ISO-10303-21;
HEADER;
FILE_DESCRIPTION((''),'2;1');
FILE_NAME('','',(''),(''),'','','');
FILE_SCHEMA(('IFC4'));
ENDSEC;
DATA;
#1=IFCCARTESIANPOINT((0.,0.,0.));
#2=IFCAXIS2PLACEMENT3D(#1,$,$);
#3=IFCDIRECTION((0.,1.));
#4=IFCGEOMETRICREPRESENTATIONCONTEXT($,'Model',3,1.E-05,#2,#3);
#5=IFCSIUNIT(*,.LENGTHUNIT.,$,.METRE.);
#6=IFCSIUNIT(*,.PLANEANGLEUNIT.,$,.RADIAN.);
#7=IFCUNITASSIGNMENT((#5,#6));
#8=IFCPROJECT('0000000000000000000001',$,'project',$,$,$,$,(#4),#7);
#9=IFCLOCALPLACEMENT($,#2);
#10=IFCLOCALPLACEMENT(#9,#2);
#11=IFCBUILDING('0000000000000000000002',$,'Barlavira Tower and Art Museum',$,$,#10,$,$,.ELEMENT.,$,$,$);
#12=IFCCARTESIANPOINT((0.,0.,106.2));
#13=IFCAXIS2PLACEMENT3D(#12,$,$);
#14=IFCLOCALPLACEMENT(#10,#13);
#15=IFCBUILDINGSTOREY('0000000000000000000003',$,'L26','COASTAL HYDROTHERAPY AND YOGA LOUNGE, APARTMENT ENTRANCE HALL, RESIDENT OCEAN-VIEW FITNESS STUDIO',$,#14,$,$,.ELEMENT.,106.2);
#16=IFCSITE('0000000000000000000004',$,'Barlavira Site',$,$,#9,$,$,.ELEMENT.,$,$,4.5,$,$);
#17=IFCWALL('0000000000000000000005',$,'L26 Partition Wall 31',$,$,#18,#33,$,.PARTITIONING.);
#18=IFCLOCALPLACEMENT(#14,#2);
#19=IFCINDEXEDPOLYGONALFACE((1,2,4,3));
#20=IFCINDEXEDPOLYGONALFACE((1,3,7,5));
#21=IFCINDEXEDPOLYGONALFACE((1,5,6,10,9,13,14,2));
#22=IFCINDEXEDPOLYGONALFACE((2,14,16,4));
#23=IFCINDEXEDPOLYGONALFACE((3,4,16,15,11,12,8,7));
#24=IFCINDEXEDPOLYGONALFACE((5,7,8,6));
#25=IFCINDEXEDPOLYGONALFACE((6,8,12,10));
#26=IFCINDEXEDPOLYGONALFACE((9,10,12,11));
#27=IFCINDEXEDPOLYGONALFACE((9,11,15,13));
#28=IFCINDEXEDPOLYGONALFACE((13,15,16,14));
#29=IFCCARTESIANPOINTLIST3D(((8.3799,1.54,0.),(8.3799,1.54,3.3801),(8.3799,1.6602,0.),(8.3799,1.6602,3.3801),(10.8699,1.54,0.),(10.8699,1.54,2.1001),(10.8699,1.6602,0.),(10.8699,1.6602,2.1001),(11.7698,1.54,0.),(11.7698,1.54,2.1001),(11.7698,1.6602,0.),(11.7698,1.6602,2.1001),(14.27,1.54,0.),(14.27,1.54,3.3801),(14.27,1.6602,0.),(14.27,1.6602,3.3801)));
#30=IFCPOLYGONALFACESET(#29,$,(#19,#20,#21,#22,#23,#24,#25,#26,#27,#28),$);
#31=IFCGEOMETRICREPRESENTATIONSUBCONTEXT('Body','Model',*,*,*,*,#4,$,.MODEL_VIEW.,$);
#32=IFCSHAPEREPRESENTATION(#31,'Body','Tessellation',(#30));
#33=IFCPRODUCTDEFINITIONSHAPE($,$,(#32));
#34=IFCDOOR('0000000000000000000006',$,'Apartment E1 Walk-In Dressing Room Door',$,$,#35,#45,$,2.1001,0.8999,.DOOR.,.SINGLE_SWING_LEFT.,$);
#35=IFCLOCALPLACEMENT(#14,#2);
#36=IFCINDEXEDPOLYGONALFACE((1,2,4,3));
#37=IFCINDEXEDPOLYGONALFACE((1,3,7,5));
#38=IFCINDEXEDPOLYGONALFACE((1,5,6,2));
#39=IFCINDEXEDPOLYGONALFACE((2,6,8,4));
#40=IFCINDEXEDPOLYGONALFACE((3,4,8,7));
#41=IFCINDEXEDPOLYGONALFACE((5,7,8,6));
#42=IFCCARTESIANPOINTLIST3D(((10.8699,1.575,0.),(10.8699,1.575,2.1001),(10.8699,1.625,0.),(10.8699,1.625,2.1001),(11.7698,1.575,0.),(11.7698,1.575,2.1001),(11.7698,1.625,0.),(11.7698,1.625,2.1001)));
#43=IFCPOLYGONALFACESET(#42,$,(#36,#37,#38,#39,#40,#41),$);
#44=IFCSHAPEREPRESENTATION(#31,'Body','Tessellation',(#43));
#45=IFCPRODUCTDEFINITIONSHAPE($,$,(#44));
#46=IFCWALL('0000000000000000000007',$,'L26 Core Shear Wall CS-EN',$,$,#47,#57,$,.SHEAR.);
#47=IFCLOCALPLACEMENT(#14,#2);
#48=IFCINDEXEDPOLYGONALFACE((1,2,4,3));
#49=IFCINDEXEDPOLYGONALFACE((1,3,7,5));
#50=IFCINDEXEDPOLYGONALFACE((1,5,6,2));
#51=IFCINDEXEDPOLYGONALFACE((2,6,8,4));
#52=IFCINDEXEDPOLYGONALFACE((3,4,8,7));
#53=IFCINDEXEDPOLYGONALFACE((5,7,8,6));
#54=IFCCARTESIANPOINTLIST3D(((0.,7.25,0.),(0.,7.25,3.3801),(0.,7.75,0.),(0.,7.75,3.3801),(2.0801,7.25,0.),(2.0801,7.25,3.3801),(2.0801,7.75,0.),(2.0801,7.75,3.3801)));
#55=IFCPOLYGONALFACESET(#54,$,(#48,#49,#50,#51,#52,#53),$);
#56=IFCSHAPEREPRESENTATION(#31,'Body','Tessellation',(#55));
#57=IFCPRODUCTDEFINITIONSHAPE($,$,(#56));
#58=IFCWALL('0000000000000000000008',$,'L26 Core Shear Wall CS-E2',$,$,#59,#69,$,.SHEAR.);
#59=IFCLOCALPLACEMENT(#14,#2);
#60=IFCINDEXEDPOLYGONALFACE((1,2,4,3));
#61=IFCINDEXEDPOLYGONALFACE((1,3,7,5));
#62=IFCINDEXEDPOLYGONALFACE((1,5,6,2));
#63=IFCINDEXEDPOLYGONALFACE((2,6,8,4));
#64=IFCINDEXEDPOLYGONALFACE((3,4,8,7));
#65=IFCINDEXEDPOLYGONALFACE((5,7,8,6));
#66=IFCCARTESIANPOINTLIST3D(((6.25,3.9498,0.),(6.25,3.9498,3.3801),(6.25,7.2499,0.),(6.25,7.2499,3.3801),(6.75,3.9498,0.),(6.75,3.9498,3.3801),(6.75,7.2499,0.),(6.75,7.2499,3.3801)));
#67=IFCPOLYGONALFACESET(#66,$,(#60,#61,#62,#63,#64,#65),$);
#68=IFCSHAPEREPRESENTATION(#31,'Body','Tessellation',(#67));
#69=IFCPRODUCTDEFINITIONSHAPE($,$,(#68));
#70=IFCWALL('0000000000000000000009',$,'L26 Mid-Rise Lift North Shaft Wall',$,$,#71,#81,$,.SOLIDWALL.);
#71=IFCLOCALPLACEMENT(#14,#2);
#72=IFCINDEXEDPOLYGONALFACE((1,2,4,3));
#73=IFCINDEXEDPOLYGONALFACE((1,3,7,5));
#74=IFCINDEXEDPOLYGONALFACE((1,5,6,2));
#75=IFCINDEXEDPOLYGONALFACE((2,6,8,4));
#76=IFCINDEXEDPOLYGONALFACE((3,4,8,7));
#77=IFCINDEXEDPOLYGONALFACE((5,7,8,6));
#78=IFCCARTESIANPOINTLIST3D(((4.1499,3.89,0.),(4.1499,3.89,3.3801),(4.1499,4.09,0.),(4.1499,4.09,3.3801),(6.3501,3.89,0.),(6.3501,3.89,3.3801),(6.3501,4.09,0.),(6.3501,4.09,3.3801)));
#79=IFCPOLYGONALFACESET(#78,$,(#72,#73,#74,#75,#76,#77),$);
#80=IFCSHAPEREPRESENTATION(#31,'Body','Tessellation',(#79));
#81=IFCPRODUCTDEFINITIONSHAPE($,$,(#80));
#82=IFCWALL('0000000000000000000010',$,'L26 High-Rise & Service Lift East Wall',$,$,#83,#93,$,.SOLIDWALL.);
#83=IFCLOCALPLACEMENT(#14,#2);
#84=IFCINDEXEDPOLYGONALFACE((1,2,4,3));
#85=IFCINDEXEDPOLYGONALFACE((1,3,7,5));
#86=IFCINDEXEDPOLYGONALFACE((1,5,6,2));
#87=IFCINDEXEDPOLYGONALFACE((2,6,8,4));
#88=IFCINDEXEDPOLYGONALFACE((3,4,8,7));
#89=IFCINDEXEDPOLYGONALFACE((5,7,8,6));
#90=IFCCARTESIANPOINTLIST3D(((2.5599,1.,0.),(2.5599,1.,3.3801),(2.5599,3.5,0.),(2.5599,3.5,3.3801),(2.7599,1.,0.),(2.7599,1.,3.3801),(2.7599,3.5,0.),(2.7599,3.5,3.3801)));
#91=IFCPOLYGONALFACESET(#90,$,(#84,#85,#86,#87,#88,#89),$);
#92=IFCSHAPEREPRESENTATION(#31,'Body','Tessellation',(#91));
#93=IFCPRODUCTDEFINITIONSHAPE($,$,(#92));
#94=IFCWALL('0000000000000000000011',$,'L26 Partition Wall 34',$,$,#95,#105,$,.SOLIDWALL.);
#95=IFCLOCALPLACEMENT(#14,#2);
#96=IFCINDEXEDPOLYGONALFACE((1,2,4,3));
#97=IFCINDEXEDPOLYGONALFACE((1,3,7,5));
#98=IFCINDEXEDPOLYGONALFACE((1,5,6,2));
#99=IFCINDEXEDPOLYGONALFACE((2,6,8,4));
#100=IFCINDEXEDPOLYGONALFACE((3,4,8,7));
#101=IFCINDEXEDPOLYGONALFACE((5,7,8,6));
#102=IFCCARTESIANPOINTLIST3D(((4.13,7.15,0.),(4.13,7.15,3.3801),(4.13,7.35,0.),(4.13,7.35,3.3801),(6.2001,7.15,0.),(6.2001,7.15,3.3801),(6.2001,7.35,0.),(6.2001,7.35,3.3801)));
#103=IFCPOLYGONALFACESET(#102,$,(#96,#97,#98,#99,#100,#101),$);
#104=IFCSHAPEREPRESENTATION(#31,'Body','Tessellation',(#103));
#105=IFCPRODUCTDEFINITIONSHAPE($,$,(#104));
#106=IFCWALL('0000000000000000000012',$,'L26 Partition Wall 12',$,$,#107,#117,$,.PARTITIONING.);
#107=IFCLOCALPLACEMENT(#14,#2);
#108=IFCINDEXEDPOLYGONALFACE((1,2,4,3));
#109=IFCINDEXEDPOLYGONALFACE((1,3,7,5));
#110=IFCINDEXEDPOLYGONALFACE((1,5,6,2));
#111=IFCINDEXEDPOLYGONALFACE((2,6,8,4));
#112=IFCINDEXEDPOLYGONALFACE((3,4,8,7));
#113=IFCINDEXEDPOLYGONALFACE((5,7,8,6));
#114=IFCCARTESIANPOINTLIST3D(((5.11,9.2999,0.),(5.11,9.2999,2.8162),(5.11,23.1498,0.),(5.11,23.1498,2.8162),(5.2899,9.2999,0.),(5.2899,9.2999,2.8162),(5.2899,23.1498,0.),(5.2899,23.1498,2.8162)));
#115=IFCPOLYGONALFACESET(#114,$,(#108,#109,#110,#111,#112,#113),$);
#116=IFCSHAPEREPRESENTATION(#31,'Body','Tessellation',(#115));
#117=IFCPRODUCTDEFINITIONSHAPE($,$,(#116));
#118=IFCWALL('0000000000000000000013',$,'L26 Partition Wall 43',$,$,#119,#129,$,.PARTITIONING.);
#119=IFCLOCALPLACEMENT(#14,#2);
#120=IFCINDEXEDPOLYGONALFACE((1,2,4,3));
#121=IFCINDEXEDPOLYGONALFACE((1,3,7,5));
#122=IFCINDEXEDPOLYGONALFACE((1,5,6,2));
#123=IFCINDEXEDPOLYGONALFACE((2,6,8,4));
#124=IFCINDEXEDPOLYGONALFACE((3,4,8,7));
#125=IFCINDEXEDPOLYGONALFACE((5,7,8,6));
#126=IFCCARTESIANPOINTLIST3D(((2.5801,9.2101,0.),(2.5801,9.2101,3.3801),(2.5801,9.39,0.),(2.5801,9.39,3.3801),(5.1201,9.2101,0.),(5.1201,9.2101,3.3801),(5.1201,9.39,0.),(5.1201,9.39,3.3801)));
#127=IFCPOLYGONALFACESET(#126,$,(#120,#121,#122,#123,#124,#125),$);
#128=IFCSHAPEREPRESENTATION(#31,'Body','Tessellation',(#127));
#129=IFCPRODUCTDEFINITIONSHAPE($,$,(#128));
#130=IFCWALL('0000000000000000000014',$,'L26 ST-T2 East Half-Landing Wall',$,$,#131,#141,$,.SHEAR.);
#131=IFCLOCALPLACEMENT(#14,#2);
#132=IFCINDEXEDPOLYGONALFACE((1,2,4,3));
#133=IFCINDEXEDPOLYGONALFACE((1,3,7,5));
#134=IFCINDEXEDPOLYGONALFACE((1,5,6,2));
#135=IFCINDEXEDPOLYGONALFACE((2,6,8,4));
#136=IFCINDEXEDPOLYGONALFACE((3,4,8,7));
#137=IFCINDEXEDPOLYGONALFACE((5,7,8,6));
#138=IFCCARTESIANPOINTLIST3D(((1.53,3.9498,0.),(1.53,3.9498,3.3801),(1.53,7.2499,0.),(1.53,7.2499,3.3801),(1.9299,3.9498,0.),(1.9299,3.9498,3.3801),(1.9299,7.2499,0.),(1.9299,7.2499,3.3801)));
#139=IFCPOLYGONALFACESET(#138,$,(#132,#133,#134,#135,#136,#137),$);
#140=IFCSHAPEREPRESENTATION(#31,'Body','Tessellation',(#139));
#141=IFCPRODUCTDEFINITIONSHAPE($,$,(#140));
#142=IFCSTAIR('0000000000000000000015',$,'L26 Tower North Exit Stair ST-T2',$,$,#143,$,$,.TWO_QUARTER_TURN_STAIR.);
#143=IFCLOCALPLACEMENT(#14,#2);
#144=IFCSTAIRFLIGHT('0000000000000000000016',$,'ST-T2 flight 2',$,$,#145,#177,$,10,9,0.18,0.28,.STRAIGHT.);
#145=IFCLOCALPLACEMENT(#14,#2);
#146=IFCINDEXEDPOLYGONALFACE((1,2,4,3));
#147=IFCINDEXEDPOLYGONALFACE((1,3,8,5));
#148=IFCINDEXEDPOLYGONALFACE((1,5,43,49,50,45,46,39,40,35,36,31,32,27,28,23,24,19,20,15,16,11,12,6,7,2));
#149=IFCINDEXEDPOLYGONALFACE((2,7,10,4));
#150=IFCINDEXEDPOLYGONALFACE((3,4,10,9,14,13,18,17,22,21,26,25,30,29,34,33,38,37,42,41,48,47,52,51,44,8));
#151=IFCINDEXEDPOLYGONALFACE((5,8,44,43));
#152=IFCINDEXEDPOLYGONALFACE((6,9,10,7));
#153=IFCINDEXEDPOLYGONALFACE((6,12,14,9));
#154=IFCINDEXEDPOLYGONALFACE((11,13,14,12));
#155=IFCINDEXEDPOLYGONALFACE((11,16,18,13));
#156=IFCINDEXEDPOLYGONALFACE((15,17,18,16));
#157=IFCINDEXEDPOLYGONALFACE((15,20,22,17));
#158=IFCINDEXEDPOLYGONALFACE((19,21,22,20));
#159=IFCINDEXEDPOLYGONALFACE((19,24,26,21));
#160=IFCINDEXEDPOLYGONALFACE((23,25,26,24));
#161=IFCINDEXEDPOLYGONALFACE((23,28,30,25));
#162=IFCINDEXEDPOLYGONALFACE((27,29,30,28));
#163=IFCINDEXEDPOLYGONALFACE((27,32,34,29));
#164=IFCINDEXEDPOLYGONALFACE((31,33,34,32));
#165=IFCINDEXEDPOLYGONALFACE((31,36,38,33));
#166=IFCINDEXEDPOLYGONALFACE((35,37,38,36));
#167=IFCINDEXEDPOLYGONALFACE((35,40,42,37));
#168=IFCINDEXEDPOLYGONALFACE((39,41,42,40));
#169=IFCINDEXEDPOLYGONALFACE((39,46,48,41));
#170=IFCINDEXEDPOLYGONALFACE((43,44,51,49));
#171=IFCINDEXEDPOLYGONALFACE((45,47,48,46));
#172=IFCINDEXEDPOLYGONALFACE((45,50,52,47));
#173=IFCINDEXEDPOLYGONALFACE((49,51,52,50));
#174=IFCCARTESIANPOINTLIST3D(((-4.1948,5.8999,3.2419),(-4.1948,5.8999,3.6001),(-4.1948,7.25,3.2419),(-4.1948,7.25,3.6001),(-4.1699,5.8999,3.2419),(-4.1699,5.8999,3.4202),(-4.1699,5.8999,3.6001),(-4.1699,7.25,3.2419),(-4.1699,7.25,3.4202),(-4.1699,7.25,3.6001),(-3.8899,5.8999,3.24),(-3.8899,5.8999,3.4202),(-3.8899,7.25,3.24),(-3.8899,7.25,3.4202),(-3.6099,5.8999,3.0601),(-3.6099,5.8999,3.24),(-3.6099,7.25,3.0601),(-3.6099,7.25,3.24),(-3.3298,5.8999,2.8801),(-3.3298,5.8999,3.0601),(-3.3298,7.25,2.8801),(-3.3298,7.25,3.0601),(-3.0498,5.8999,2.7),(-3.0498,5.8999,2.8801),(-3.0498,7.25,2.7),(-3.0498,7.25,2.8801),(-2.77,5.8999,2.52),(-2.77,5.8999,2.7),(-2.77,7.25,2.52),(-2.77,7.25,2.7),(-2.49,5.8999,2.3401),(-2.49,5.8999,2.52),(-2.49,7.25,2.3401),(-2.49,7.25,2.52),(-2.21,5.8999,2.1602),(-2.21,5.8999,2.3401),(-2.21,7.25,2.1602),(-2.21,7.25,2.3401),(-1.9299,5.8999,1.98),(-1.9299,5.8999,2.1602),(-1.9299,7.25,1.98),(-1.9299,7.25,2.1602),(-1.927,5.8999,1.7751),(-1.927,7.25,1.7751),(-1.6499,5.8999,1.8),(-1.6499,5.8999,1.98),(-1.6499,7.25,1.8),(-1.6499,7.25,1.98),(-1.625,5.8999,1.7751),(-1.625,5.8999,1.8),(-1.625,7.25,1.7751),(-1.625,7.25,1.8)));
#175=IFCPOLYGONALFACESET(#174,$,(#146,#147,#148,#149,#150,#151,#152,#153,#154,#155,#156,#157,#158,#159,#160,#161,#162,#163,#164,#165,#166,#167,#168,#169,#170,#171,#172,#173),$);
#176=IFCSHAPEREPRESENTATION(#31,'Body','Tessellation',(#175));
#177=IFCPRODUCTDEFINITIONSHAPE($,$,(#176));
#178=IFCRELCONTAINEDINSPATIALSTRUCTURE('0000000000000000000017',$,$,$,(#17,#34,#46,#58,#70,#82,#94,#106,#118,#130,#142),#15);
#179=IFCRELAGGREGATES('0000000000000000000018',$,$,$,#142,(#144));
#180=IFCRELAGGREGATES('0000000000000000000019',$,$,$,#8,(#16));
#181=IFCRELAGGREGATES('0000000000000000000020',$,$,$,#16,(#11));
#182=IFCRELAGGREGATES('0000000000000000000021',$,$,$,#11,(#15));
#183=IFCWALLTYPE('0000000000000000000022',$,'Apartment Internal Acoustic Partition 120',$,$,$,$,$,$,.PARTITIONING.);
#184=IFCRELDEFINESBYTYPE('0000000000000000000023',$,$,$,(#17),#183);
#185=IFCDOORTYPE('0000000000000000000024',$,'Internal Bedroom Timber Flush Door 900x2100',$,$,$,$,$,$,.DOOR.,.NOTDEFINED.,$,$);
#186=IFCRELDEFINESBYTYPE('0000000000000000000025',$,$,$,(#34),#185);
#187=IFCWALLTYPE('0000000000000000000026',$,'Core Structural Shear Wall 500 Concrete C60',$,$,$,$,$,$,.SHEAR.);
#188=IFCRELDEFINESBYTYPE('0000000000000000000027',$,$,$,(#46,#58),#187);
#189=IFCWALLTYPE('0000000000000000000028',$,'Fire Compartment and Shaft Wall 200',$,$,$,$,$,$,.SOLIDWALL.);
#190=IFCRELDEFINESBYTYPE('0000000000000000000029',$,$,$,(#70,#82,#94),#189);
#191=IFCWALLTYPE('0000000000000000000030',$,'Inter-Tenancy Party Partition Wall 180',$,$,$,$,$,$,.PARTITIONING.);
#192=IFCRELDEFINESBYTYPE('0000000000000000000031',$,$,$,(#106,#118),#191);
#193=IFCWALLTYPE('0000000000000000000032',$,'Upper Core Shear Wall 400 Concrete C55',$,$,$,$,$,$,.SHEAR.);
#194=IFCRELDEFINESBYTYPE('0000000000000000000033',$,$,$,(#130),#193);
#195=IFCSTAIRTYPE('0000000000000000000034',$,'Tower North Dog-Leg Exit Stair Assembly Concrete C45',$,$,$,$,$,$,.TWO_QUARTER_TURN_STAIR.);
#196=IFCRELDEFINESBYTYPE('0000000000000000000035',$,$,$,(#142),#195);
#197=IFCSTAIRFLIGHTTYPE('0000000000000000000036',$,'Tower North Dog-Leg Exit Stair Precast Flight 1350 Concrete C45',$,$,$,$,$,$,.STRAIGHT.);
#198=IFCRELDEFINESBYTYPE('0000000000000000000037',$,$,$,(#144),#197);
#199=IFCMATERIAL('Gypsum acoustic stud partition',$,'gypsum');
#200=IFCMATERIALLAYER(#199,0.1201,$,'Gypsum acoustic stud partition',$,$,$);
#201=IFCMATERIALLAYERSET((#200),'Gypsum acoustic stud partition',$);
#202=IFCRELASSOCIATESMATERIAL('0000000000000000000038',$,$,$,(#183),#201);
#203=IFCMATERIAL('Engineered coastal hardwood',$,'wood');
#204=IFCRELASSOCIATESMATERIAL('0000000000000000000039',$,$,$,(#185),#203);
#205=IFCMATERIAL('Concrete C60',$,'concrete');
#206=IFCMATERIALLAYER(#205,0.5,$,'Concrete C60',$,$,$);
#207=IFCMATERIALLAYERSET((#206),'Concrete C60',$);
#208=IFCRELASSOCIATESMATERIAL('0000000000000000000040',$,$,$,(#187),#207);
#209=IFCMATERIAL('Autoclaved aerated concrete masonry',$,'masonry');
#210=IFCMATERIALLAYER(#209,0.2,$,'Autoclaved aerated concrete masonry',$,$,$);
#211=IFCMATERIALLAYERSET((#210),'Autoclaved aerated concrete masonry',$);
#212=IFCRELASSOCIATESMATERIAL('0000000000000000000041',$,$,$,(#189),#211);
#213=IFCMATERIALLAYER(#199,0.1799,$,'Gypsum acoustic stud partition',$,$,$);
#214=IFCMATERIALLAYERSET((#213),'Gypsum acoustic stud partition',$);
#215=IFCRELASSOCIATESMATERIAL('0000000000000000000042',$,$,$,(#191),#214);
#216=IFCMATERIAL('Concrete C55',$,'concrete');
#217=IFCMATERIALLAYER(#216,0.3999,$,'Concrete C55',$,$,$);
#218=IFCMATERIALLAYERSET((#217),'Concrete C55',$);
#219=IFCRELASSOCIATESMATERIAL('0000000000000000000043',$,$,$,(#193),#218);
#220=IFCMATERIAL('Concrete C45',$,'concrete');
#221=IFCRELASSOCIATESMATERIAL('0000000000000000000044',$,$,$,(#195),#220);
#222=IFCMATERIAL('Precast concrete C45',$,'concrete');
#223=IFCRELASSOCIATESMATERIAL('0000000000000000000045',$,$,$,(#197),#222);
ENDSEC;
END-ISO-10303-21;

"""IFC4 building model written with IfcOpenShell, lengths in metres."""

from ifc_helpers import new_model, si_unit, direction, frame, frame_2d, origin, place, context, subcontext, project, spatial, polyline, rectangle, outline, extrude, material, layer, layer_set, type_object, element, fill, aggregate, save


model = new_model("IFC4")

# Units and contexts
model_context = context("Model", 3, precision=1e-05, world=origin(), true_north=direction((0.0, 1.0)))
body_context = subcontext(model_context, "Body", "Model", "MODEL_VIEW")
ifc_project = project(units=[si_unit("LENGTHUNIT", "METRE"), si_unit("PLANEANGLEUNIT", "RADIAN")], contexts=[model_context])

# Site, building, storey
site_placement = place(None, origin())
site = spatial("IfcSite", under=ifc_project, at=site_placement, Name="Barlavira Site", CompositionType="ELEMENT", RefElevation=4.5)
building_placement = place(site_placement, origin())
building = spatial("IfcBuilding", under=site, at=building_placement, Name="Barlavira Tower and Art Museum", CompositionType="ELEMENT")
storey_placement = place(building_placement, frame((0.0, 0.0, 106.2)))
storey = spatial("IfcBuildingStorey", under=building, at=storey_placement, Name="L26", Description="COASTAL HYDROTHERAPY AND YOGA LOUNGE, APARTMENT ENTRANCE HALL, RESIDENT OCEAN-VIEW FITNESS STUDIO", CompositionType="ELEMENT", Elevation=106.2)

# Wall, opening, door
ifc_material_1 = material(Name="Gypsum acoustic stud partition", Category="gypsum")
ifc_layer_1 = layer(ifc_material_1, 0.1201, Name="Gypsum acoustic stud partition")
ifc_layer_set_1 = layer_set([ifc_layer_1], Name="Gypsum acoustic stud partition")
wall_type_1 = type_object("IfcWallType", Name="Apartment Internal Acoustic Partition 120", PredefinedType="PARTITIONING", material=ifc_layer_set_1)
ifc_material_2 = material(Name="Engineered coastal hardwood", Category="wood")
wall_1_placement = place(storey_placement, frame((8.3799, 1.6001, 0.0), z_axis=(0.0, 0.0, 1.0), x_axis=(1.0, 0.0, 0.0)))
wall_1 = element("IfcWall", 1, at=wall_1_placement, inside=storey, type_object=wall_type_1, Name="L26 Partition Wall 31", PredefinedType="PARTITIONING", context=body_context, shape_type="SweptSolid", body=[
    extrude(rectangle(XDim=5.8901, YDim=0.1201, at=frame_2d((2.9451, 0.0))), origin(), (0.0, 0.0, 1.0), 3.3801),
])
opening_1_placement = place(wall_1_placement, frame((2.49, 0.0, 0.0)))
opening_1 = element("IfcOpeningElement", 2, at=opening_1_placement, cuts=wall_1, PredefinedType="OPENING", context=body_context, shape_type="SweptSolid", body=[
    extrude(rectangle(XDim=0.8999, YDim=2.1001, at=frame_2d((0.45, 1.05))), frame((0.0, 0.0701, 0.0), z_axis=(0.0, -1.0, 0.0), x_axis=(1.0, 0.0, 0.0)), (0.0, 0.0, 1.0), 0.1401),
])
door_type_1 = type_object("IfcDoorType", Name="Internal Bedroom Timber Flush Door 900x2100", OperationType="NOTDEFINED", PredefinedType="DOOR", material=ifc_material_2)
door_1_placement = place(opening_1_placement, origin())
door_1 = element("IfcDoor", 3, at=door_1_placement, inside=storey, type_object=door_type_1, Name="Apartment E1 Walk-In Dressing Room Door", OperationType="SINGLE_SWING_LEFT", OverallHeight=2.1001, OverallWidth=0.8999, PredefinedType="DOOR", context=body_context, shape_type="SweptSolid", body=[
    extrude(rectangle(XDim=0.8999, YDim=2.1001, at=frame_2d((0.45, 1.05))), frame((0.0, 0.0249, 0.0), z_axis=(0.0, -1.0, 0.0), x_axis=(1.0, 0.0, 0.0)), (0.0, 0.0, 1.0), 0.05),
])
fill(opening_1, door_1)

# Walls
ifc_material_3 = material(Name="Concrete C60", Category="concrete")
ifc_layer_2 = layer(ifc_material_3, 0.5, Name="Concrete C60")
ifc_layer_set_2 = layer_set([ifc_layer_2], Name="Concrete C60")
wall_type_2 = type_object("IfcWallType", Name="Core Structural Shear Wall 500 Concrete C60", PredefinedType="SHEAR", material=ifc_layer_set_2)
wall_2_placement = place(storey_placement, frame((0.0, 7.5, 0.0), z_axis=(0.0, 0.0, 1.0), x_axis=(1.0, 0.0, 0.0)))
element("IfcWall", 4, at=wall_2_placement, inside=storey, type_object=wall_type_2, Name="L26 Core Shear Wall CS-EN", PredefinedType="SHEAR", context=body_context, shape_type="SweptSolid", body=[
    extrude(rectangle(XDim=2.0801, YDim=0.5, at=frame_2d((1.04, 0.0))), origin(), (0.0, 0.0, 1.0), 3.3801),
])
wall_3_placement = place(storey_placement, frame((6.5, 3.95, 0.0), z_axis=(0.0, 0.0, 1.0), x_axis=(0.0, 1.0, 0.0)))
element("IfcWall", 5, at=wall_3_placement, inside=storey, type_object=wall_type_2, Name="L26 Core Shear Wall CS-E2", PredefinedType="SHEAR", context=body_context, shape_type="SweptSolid", body=[
    extrude(rectangle(XDim=3.3, YDim=0.5, at=frame_2d((1.6499, 0.0))), origin(), (0.0, 0.0, 1.0), 3.3801),
])
ifc_material_4 = material(Name="Autoclaved aerated concrete masonry", Category="masonry")
ifc_layer_3 = layer(ifc_material_4, 0.2, Name="Autoclaved aerated concrete masonry")
ifc_layer_set_3 = layer_set([ifc_layer_3], Name="Autoclaved aerated concrete masonry")
wall_type_3 = type_object("IfcWallType", Name="Fire Compartment and Shaft Wall 200", PredefinedType="SOLIDWALL", material=ifc_layer_set_3)
wall_4_placement = place(storey_placement, frame((4.1499, 3.99, 0.0), z_axis=(0.0, 0.0, 1.0), x_axis=(1.0, 0.0, 0.0)))
element("IfcWall", 6, at=wall_4_placement, inside=storey, type_object=wall_type_3, Name="L26 Mid-Rise Lift North Shaft Wall", PredefinedType="SOLIDWALL", context=body_context, shape_type="SweptSolid", body=[
    extrude(rectangle(XDim=2.2002, YDim=0.2, at=frame_2d((1.1001, 0.0))), origin(), (0.0, 0.0, 1.0), 3.3801),
])
wall_5_placement = place(storey_placement, frame((2.6599, 1.0, 0.0), z_axis=(0.0, 0.0, 1.0), x_axis=(0.0, 1.0, 0.0)))
element("IfcWall", 7, at=wall_5_placement, inside=storey, type_object=wall_type_3, Name="L26 High-Rise & Service Lift East Wall", PredefinedType="SOLIDWALL", context=body_context, shape_type="SweptSolid", body=[
    extrude(rectangle(XDim=2.5, YDim=0.2, at=frame_2d((1.25, 0.0))), origin(), (0.0, 0.0, 1.0), 3.3801),
])

# Walls
wall_6_placement = place(storey_placement, frame((4.1299, 7.25, 0.0), z_axis=(0.0, 0.0, 1.0), x_axis=(1.0, 0.0, 0.0)))
element("IfcWall", 8, at=wall_6_placement, inside=storey, type_object=wall_type_3, Name="L26 Partition Wall 34", PredefinedType="SOLIDWALL", context=body_context, shape_type="SweptSolid", body=[
    extrude(rectangle(XDim=2.0701, YDim=0.2, at=frame_2d((1.0352, 0.0))), origin(), (0.0, 0.0, 1.0), 3.3801),
])
ifc_layer_4 = layer(ifc_material_1, 0.1799, Name="Gypsum acoustic stud partition")
ifc_layer_set_4 = layer_set([ifc_layer_4], Name="Gypsum acoustic stud partition")
wall_type_4 = type_object("IfcWallType", Name="Inter-Tenancy Party Partition Wall 180", PredefinedType="PARTITIONING", material=ifc_layer_set_4)
wall_7_placement = place(storey_placement, frame((5.2, 9.3, 0.0), z_axis=(0.0, 0.0, 1.0), x_axis=(0.0, 1.0, 0.0)))
element("IfcWall", 9, at=wall_7_placement, inside=storey, type_object=wall_type_4, Name="L26 Partition Wall 12", PredefinedType="PARTITIONING", context=body_context, shape_type="SweptSolid", body=[
    extrude(rectangle(XDim=13.8499, YDim=0.1799, at=frame_2d((6.9248, 0.0))), origin(), (0.0, 0.0, 1.0), 2.8162),
])
wall_8_placement = place(storey_placement, frame((2.5801, 9.3, 0.0), z_axis=(0.0, 0.0, 1.0), x_axis=(1.0, 0.0, 0.0)))
element("IfcWall", 10, at=wall_8_placement, inside=storey, type_object=wall_type_4, Name="L26 Partition Wall 43", PredefinedType="PARTITIONING", context=body_context, shape_type="SweptSolid", body=[
    extrude(rectangle(XDim=2.54, YDim=0.1799, at=frame_2d((1.27, 0.0))), origin(), (0.0, 0.0, 1.0), 3.3801),
])

# Wall
ifc_material_5 = material(Name="Concrete C55", Category="concrete")
ifc_layer_5 = layer(ifc_material_5, 0.3999, Name="Concrete C55")
ifc_layer_set_5 = layer_set([ifc_layer_5], Name="Concrete C55")
wall_type_5 = type_object("IfcWallType", Name="Upper Core Shear Wall 400 Concrete C55", PredefinedType="SHEAR", material=ifc_layer_set_5)
wall_9_placement = place(storey_placement, frame((1.73, 3.95, 0.0), z_axis=(0.0, 0.0, 1.0), x_axis=(0.0, 1.0, 0.0)))
element("IfcWall", 11, at=wall_9_placement, inside=storey, type_object=wall_type_5, Name="L26 ST-T2 East Half-Landing Wall", PredefinedType="SHEAR", context=body_context, shape_type="SweptSolid", body=[
    extrude(rectangle(XDim=3.3, YDim=0.3999, at=frame_2d((1.6499, 0.0))), origin(), (0.0, 0.0, 1.0), 3.3801),
])

# Stair, stair flight
ifc_material_6 = material(Name="Concrete C45", Category="concrete")
stair_type = type_object("IfcStairType", Name="Tower North Dog-Leg Exit Stair Assembly Concrete C45", PredefinedType="TWO_QUARTER_TURN_STAIR", material=ifc_material_6)
stair_placement = place(storey_placement, origin())
stair = element("IfcStair", 12, at=stair_placement, inside=storey, type_object=stair_type, Name="L26 Tower North Exit Stair ST-T2", PredefinedType="TWO_QUARTER_TURN_STAIR")
ifc_material_7 = material(Name="Precast concrete C45", Category="concrete")
stair_flight_type = type_object("IfcStairFlightType", Name="Tower North Dog-Leg Exit Stair Precast Flight 1350 Concrete C45", PredefinedType="STRAIGHT", material=ifc_material_7)
stair_flight_placement = place(storey_placement, frame((-1.6499, 6.575, 1.8), z_axis=(0.0, 0.0, 1.0), x_axis=(-1.0, 0.0, 0.0)))
stair_flight = element("IfcStairFlight", 13, at=stair_flight_placement, type_object=stair_flight_type, Name="ST-T2 flight 2", NumberOfRisers=10, NumberOfTreads=9, PredefinedType="STRAIGHT", RiserHeight=0.18, TreadLength=0.28, context=body_context, shape_type="SweptSolid", body=[
    extrude(outline(polyline([(-0.0249, 0.0), (0.0, 0.0), (0.0, 0.1799), (0.28, 0.1799), (0.28, 0.3601), (0.5601, 0.3601), (0.5601, 0.54), (0.8401, 0.54), (0.8401, 0.72), (1.1201, 0.72), (1.1201, 0.8999), (1.3999, 0.8999), (1.3999, 1.0801), (1.6799, 1.0801), (1.6799, 1.26), (1.96, 1.26), (1.96, 1.4399), (2.24, 1.4399), (2.24, 1.6201), (2.52, 1.6201), (2.52, 1.8), (2.5449, 1.8), (2.5449, 1.4419), (2.52, 1.4419), (0.2771, -0.0249), (-0.0249, -0.0249), (-0.0249, 0.0)])), frame((0.0, 0.675, 0.0), z_axis=(0.0, -1.0, 0.0), x_axis=(1.0, 0.0, 0.0)), (0.0, 0.0, 1.0), 1.3501),
])
aggregate(stair, [stair_flight])

save(model, "model.ifc")
